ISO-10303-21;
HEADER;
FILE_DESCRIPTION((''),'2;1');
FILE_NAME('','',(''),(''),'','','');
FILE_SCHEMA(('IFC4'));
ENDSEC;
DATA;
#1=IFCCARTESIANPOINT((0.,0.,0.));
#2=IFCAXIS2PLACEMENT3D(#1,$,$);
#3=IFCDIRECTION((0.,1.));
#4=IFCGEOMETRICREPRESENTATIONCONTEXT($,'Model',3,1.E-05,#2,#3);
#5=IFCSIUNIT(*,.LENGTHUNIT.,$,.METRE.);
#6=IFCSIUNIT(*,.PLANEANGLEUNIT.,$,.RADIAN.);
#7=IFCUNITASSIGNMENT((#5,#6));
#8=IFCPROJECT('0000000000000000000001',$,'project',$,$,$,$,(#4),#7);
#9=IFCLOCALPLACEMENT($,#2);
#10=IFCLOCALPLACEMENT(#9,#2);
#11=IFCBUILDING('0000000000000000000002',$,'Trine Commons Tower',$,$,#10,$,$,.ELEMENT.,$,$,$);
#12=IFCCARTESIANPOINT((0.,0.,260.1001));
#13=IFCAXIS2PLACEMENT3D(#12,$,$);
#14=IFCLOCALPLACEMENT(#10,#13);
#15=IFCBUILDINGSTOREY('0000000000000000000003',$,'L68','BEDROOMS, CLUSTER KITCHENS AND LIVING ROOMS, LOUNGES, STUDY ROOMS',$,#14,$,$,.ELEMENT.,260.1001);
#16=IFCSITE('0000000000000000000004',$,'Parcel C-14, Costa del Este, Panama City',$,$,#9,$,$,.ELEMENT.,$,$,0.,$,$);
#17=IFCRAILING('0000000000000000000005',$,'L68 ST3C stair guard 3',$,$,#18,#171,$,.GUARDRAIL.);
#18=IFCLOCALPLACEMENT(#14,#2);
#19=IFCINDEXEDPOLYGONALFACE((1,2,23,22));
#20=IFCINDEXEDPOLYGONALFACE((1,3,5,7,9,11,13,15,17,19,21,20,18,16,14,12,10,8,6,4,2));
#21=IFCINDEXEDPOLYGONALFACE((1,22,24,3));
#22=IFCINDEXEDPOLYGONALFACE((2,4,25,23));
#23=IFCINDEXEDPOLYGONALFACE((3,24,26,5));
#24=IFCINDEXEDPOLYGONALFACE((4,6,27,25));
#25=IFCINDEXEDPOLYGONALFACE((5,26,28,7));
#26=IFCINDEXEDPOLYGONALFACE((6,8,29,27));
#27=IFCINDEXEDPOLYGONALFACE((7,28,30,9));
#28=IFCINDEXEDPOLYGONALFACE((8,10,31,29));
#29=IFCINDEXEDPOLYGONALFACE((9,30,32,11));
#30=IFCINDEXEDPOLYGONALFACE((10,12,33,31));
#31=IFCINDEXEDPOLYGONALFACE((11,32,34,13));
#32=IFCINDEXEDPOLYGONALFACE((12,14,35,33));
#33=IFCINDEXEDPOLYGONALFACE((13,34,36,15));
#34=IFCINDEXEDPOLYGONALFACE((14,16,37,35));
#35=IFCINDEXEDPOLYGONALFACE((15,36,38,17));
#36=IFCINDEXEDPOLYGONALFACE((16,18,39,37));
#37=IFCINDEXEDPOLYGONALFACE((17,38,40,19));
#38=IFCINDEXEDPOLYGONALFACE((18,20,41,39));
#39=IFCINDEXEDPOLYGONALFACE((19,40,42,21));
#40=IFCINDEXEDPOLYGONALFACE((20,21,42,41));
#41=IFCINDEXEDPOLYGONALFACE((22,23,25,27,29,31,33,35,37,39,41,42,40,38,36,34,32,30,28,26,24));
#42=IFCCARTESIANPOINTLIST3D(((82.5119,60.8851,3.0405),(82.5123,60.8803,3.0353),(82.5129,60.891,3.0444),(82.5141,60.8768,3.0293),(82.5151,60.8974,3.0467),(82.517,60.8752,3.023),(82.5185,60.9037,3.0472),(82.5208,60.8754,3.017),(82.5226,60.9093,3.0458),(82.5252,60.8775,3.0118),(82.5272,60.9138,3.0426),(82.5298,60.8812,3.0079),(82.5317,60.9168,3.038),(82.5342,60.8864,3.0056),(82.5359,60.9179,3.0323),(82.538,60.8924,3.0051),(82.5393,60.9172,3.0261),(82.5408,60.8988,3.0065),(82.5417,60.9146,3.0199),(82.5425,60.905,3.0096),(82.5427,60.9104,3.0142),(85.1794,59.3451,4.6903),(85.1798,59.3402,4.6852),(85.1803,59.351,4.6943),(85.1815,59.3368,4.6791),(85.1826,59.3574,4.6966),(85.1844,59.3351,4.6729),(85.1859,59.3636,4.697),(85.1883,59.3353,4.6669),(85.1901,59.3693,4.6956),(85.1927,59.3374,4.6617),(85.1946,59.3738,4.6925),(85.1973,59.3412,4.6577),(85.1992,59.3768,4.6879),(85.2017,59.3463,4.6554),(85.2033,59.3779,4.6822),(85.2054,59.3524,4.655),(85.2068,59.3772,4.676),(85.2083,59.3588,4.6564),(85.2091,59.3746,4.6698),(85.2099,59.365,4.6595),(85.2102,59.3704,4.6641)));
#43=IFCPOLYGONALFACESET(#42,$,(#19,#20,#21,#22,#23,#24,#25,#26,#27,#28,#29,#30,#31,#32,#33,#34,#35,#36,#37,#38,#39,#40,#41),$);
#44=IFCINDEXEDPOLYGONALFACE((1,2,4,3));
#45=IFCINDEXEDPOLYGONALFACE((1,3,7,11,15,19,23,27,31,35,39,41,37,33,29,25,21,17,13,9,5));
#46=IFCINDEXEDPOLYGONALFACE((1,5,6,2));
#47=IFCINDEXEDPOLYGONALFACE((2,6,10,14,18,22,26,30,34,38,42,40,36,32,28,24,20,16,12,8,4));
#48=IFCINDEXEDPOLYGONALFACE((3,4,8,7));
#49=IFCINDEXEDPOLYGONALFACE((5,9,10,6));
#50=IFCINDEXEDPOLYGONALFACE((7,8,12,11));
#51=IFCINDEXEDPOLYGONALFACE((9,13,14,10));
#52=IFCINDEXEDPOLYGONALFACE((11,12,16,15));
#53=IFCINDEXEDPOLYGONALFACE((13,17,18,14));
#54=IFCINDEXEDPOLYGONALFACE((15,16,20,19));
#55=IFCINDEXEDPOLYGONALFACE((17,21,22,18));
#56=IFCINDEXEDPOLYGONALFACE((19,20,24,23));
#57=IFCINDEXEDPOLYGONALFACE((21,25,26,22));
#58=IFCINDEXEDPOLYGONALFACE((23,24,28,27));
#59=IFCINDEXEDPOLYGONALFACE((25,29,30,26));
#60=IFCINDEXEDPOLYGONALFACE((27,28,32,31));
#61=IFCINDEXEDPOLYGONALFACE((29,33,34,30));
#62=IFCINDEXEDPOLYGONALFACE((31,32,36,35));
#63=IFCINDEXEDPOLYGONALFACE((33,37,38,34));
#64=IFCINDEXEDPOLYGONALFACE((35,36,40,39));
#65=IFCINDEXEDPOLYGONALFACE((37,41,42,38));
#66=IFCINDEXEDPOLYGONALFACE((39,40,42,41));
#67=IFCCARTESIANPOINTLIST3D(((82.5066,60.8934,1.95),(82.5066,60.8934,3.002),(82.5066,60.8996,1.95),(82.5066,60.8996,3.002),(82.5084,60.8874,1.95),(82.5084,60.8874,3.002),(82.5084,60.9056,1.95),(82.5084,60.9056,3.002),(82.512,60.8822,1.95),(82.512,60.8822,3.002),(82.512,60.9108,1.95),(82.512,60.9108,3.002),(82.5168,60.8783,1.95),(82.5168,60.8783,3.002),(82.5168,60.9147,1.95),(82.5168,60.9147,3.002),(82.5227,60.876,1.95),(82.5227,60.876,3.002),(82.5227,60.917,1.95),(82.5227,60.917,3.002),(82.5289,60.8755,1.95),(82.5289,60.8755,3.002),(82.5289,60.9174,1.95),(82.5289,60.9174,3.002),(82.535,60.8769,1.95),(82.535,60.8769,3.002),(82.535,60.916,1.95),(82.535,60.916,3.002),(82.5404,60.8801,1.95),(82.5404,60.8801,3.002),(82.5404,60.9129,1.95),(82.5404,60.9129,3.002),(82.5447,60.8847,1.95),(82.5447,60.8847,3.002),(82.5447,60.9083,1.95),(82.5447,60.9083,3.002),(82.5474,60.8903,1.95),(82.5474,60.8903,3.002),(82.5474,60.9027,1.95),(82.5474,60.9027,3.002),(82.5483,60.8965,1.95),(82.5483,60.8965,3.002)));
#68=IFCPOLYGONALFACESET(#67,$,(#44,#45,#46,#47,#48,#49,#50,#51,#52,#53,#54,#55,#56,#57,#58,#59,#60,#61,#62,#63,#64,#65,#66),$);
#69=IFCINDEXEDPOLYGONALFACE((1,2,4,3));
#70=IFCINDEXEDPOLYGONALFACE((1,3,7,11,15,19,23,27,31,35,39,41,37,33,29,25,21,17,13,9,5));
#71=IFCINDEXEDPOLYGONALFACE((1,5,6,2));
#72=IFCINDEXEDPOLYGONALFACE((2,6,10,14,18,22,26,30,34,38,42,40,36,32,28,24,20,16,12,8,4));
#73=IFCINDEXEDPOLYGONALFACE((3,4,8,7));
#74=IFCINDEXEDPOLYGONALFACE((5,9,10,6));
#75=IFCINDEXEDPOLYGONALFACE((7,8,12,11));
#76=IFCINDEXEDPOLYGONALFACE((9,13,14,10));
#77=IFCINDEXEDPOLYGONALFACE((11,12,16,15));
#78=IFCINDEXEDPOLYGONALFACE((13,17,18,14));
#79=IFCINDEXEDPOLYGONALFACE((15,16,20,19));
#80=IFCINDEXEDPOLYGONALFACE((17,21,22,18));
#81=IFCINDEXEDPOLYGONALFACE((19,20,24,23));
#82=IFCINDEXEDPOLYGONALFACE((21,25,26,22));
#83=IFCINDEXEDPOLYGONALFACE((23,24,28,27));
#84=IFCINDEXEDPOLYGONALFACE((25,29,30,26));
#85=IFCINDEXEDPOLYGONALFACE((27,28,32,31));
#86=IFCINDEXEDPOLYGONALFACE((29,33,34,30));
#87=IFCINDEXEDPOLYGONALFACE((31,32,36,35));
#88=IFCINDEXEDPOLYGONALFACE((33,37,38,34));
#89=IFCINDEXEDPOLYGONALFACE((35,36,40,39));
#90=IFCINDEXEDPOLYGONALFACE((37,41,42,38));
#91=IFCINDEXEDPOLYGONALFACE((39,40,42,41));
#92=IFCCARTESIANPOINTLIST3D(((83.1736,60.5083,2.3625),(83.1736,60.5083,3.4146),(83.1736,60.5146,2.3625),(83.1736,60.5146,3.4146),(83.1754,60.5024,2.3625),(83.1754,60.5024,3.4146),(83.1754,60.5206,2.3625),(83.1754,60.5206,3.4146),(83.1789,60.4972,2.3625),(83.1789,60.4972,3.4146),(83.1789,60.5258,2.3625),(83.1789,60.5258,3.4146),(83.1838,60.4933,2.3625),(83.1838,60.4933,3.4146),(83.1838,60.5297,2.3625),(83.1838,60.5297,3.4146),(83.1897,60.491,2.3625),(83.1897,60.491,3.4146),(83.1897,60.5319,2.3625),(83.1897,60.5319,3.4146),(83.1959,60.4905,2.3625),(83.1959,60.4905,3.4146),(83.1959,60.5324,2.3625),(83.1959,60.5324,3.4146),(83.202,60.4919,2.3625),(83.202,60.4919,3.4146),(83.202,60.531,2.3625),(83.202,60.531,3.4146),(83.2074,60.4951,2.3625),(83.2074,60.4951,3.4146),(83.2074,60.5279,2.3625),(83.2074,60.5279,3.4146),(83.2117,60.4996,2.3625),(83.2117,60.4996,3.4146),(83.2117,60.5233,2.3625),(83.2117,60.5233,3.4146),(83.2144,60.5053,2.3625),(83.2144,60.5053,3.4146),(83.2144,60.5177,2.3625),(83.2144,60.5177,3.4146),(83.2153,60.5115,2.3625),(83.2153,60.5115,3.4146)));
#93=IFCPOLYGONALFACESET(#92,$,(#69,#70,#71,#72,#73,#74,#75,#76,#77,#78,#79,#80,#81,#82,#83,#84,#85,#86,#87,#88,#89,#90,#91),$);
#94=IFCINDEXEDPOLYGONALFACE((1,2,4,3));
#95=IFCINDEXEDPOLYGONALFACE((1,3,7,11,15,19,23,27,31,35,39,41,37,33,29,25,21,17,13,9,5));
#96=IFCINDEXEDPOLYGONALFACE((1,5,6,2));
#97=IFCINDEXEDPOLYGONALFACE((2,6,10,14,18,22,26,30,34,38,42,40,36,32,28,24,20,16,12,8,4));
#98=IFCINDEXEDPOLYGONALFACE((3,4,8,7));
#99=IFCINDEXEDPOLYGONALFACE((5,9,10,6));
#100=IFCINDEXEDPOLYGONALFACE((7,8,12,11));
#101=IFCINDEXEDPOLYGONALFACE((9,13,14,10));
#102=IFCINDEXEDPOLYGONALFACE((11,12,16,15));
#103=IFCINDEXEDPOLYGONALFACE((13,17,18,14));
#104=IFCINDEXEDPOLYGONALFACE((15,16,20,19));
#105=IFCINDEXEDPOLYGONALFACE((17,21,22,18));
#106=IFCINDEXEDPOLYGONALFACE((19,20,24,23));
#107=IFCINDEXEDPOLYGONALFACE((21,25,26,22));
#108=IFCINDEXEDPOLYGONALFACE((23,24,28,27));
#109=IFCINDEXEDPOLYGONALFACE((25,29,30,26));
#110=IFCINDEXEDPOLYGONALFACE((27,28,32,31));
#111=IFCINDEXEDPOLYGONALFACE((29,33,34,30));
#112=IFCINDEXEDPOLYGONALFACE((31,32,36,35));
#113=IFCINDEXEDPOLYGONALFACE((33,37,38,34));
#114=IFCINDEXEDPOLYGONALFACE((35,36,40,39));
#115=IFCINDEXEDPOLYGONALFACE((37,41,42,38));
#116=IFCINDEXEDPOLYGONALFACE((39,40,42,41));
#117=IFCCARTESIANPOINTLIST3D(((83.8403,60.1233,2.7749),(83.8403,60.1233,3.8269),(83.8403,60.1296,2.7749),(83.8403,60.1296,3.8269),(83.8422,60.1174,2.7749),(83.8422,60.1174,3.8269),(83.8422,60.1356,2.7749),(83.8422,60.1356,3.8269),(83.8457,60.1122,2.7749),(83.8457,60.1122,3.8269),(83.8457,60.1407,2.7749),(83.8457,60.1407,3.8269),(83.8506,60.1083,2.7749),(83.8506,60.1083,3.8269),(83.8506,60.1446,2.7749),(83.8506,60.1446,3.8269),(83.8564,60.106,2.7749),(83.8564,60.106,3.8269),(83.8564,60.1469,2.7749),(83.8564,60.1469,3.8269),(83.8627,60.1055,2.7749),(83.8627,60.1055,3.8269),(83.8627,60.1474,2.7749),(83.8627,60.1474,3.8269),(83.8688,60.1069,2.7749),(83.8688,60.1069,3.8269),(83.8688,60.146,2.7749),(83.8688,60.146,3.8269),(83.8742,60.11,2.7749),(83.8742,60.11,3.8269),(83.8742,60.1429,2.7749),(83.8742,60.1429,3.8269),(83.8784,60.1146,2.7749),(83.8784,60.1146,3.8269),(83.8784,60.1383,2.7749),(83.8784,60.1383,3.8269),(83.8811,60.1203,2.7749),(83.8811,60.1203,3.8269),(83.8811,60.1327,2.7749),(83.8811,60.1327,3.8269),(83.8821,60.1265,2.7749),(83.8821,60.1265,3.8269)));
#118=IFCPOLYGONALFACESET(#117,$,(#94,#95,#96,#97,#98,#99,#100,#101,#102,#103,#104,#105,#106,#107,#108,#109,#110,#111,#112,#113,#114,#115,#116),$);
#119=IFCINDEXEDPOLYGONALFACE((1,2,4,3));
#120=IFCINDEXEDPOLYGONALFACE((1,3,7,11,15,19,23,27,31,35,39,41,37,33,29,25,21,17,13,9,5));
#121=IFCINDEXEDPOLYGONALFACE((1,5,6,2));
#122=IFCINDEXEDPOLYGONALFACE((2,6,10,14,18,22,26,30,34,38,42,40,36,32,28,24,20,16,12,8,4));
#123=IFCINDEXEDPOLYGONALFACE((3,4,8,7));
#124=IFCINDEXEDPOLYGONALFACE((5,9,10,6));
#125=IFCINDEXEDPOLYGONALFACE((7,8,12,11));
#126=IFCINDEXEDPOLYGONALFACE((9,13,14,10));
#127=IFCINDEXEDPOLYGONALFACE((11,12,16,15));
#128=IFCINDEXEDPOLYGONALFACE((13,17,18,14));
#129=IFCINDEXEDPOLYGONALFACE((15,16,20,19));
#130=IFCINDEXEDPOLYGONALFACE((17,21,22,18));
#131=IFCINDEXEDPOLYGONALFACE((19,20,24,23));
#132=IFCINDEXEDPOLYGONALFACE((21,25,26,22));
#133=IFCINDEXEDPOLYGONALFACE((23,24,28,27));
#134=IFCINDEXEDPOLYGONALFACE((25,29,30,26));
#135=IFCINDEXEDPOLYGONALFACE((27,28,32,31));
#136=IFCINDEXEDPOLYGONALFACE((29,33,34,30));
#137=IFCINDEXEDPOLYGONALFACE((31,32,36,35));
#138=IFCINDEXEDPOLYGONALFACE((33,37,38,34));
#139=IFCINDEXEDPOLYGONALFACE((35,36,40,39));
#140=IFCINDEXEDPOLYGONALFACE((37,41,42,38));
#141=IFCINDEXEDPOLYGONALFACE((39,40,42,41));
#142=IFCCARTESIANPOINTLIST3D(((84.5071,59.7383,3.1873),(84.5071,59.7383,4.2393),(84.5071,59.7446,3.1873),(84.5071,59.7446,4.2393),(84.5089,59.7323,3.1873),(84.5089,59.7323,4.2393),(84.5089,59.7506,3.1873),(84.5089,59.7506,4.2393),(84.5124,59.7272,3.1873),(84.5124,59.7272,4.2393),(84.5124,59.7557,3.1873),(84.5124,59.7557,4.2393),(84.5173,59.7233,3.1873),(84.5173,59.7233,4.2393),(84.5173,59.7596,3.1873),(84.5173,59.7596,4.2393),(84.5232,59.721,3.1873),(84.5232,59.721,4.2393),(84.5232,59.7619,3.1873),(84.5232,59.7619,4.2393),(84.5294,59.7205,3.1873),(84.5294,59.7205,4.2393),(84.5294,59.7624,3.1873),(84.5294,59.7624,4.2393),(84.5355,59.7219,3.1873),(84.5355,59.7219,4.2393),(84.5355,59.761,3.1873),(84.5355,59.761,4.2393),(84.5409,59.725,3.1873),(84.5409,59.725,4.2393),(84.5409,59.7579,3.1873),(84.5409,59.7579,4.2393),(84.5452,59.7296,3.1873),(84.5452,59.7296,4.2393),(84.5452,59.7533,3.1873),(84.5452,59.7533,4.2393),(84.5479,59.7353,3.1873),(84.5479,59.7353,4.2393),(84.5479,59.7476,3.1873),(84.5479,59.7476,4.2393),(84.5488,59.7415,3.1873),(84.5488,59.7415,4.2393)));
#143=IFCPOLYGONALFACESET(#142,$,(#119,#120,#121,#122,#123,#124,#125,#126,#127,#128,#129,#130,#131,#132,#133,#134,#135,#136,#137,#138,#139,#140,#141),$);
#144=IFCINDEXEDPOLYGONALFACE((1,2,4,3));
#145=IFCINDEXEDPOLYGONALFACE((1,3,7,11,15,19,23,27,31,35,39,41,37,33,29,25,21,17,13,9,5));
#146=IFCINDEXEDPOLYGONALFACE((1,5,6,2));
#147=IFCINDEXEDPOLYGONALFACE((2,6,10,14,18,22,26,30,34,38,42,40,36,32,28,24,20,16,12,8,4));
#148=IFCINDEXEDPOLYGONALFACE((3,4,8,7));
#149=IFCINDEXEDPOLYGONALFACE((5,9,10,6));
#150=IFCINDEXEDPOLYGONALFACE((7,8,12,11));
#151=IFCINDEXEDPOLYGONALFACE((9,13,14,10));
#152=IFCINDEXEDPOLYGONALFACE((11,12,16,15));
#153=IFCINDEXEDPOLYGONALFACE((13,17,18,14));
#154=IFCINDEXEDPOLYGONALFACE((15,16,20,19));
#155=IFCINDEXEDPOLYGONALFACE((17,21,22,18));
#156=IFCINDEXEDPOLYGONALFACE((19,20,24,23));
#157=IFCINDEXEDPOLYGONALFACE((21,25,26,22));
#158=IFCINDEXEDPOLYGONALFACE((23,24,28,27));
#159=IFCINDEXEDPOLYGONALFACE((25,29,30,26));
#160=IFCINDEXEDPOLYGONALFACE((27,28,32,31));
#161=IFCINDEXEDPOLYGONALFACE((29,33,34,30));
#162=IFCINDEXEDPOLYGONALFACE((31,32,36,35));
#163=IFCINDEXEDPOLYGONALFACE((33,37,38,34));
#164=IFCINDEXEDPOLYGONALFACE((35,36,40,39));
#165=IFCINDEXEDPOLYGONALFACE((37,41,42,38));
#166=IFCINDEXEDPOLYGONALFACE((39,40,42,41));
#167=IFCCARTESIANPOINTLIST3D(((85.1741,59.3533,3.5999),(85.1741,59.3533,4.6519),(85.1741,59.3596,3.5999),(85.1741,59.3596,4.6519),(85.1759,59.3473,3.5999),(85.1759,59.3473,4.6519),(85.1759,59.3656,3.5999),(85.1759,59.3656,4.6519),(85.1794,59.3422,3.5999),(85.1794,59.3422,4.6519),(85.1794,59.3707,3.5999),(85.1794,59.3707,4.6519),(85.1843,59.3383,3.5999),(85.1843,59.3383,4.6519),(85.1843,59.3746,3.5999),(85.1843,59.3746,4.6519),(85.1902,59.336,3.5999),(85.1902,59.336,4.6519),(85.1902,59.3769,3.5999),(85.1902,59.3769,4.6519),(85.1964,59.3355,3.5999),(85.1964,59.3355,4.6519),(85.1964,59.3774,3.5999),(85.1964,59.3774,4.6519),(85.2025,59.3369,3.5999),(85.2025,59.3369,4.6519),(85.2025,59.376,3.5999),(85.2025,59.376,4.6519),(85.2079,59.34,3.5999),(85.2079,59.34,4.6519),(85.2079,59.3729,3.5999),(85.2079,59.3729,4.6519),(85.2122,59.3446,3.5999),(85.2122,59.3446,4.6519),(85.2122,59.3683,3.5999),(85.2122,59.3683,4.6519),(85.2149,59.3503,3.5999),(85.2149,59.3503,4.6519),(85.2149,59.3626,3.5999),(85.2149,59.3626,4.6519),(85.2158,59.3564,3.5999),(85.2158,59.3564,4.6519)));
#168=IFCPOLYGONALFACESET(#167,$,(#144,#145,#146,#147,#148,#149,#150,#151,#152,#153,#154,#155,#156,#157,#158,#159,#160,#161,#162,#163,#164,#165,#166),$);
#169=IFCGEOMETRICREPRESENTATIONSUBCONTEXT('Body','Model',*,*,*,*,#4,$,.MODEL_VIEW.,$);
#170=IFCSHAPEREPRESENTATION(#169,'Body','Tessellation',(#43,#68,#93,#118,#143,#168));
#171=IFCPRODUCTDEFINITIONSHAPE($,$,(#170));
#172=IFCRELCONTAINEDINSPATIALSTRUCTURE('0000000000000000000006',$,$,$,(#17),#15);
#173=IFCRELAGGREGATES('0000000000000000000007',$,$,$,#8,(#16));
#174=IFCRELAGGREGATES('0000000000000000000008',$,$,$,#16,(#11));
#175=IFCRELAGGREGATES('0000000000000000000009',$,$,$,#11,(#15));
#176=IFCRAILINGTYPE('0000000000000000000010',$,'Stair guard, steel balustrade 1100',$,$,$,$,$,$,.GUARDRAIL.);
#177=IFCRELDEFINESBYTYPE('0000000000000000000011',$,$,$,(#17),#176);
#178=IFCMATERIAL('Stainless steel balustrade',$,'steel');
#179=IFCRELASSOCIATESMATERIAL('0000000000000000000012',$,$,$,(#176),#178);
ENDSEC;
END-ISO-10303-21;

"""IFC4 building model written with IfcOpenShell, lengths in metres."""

from ifc_helpers import new_model, si_unit, direction, frame, origin, origin_2d, place, context, subcontext, project, spatial, circle, extrude, material, type_object, element, save


model = new_model("IFC4")

# Units and contexts
model_context = context("Model", 3, precision=1e-05, world=origin(), true_north=direction((0.0, 1.0)))
body_context = subcontext(model_context, "Body", "Model", "MODEL_VIEW")
ifc_project = project(units=[si_unit("LENGTHUNIT", "METRE"), si_unit("PLANEANGLEUNIT", "RADIAN")], contexts=[model_context])

# Site, building, storey
site_placement = place(None, origin())
site = spatial("IfcSite", under=ifc_project, at=site_placement, Name="Parcel C-14, Costa del Este, Panama City", CompositionType="ELEMENT", RefElevation=0.0)
building_placement = place(site_placement, origin())
building = spatial("IfcBuilding", under=site, at=building_placement, Name="Trine Commons Tower", CompositionType="ELEMENT")
storey_placement = place(building_placement, frame((0.0, 0.0, 260.1001)))
storey = spatial("IfcBuildingStorey", under=building, at=storey_placement, Name="L68", Description="BEDROOMS, CLUSTER KITCHENS AND LIVING ROOMS, LOUNGES, STUDY ROOMS", CompositionType="ELEMENT", Elevation=260.1001)

# Railing
ifc_material_1 = material(Name="Stainless steel balustrade", Category="steel")
railing_type_1 = type_object("IfcRailingType", Name="Stair guard, steel balustrade 1100", PredefinedType="GUARDRAIL", material=ifc_material_1)
railing_1_placement = place(storey_placement, frame((82.5273, 60.8965, 1.95)))
element("IfcRailing", 1, at=railing_1_placement, inside=storey, type_object=railing_type_1, Name="L68 ST3C stair guard 3", PredefinedType="GUARDRAIL", context=body_context, shape_type="SweptSolid", body=[
    extrude(circle(Radius=0.0239, at=origin_2d()), frame((0.0, 0.0, 1.0762), z_axis=(0.763405, -0.440743, 0.472185), x_axis=(0.499992, 0.86603, 0.0)), (0.0, 0.0, 1.0), 3.4941),
    extrude(circle(Radius=0.021, at=origin_2d()), origin(), (0.0, 0.0, 1.0), 1.052),
    extrude(circle(Radius=0.021, at=origin_2d()), frame((0.667, -0.385, 0.4126)), (0.0, 0.0, 1.0), 1.052),
    extrude(circle(Radius=0.021, at=origin_2d()), frame((1.3337, -0.77, 0.825)), (0.0, 0.0, 1.0), 1.052),
    extrude(circle(Radius=0.021, at=origin_2d()), frame((2.0005, -1.155, 1.2373)), (0.0, 0.0, 1.0), 1.052),
    extrude(circle(Radius=0.021, at=origin_2d()), frame((2.6675, -1.54, 1.6499)), (0.0, 0.0, 1.0), 1.052),
])

save(model, "model.ifc")
